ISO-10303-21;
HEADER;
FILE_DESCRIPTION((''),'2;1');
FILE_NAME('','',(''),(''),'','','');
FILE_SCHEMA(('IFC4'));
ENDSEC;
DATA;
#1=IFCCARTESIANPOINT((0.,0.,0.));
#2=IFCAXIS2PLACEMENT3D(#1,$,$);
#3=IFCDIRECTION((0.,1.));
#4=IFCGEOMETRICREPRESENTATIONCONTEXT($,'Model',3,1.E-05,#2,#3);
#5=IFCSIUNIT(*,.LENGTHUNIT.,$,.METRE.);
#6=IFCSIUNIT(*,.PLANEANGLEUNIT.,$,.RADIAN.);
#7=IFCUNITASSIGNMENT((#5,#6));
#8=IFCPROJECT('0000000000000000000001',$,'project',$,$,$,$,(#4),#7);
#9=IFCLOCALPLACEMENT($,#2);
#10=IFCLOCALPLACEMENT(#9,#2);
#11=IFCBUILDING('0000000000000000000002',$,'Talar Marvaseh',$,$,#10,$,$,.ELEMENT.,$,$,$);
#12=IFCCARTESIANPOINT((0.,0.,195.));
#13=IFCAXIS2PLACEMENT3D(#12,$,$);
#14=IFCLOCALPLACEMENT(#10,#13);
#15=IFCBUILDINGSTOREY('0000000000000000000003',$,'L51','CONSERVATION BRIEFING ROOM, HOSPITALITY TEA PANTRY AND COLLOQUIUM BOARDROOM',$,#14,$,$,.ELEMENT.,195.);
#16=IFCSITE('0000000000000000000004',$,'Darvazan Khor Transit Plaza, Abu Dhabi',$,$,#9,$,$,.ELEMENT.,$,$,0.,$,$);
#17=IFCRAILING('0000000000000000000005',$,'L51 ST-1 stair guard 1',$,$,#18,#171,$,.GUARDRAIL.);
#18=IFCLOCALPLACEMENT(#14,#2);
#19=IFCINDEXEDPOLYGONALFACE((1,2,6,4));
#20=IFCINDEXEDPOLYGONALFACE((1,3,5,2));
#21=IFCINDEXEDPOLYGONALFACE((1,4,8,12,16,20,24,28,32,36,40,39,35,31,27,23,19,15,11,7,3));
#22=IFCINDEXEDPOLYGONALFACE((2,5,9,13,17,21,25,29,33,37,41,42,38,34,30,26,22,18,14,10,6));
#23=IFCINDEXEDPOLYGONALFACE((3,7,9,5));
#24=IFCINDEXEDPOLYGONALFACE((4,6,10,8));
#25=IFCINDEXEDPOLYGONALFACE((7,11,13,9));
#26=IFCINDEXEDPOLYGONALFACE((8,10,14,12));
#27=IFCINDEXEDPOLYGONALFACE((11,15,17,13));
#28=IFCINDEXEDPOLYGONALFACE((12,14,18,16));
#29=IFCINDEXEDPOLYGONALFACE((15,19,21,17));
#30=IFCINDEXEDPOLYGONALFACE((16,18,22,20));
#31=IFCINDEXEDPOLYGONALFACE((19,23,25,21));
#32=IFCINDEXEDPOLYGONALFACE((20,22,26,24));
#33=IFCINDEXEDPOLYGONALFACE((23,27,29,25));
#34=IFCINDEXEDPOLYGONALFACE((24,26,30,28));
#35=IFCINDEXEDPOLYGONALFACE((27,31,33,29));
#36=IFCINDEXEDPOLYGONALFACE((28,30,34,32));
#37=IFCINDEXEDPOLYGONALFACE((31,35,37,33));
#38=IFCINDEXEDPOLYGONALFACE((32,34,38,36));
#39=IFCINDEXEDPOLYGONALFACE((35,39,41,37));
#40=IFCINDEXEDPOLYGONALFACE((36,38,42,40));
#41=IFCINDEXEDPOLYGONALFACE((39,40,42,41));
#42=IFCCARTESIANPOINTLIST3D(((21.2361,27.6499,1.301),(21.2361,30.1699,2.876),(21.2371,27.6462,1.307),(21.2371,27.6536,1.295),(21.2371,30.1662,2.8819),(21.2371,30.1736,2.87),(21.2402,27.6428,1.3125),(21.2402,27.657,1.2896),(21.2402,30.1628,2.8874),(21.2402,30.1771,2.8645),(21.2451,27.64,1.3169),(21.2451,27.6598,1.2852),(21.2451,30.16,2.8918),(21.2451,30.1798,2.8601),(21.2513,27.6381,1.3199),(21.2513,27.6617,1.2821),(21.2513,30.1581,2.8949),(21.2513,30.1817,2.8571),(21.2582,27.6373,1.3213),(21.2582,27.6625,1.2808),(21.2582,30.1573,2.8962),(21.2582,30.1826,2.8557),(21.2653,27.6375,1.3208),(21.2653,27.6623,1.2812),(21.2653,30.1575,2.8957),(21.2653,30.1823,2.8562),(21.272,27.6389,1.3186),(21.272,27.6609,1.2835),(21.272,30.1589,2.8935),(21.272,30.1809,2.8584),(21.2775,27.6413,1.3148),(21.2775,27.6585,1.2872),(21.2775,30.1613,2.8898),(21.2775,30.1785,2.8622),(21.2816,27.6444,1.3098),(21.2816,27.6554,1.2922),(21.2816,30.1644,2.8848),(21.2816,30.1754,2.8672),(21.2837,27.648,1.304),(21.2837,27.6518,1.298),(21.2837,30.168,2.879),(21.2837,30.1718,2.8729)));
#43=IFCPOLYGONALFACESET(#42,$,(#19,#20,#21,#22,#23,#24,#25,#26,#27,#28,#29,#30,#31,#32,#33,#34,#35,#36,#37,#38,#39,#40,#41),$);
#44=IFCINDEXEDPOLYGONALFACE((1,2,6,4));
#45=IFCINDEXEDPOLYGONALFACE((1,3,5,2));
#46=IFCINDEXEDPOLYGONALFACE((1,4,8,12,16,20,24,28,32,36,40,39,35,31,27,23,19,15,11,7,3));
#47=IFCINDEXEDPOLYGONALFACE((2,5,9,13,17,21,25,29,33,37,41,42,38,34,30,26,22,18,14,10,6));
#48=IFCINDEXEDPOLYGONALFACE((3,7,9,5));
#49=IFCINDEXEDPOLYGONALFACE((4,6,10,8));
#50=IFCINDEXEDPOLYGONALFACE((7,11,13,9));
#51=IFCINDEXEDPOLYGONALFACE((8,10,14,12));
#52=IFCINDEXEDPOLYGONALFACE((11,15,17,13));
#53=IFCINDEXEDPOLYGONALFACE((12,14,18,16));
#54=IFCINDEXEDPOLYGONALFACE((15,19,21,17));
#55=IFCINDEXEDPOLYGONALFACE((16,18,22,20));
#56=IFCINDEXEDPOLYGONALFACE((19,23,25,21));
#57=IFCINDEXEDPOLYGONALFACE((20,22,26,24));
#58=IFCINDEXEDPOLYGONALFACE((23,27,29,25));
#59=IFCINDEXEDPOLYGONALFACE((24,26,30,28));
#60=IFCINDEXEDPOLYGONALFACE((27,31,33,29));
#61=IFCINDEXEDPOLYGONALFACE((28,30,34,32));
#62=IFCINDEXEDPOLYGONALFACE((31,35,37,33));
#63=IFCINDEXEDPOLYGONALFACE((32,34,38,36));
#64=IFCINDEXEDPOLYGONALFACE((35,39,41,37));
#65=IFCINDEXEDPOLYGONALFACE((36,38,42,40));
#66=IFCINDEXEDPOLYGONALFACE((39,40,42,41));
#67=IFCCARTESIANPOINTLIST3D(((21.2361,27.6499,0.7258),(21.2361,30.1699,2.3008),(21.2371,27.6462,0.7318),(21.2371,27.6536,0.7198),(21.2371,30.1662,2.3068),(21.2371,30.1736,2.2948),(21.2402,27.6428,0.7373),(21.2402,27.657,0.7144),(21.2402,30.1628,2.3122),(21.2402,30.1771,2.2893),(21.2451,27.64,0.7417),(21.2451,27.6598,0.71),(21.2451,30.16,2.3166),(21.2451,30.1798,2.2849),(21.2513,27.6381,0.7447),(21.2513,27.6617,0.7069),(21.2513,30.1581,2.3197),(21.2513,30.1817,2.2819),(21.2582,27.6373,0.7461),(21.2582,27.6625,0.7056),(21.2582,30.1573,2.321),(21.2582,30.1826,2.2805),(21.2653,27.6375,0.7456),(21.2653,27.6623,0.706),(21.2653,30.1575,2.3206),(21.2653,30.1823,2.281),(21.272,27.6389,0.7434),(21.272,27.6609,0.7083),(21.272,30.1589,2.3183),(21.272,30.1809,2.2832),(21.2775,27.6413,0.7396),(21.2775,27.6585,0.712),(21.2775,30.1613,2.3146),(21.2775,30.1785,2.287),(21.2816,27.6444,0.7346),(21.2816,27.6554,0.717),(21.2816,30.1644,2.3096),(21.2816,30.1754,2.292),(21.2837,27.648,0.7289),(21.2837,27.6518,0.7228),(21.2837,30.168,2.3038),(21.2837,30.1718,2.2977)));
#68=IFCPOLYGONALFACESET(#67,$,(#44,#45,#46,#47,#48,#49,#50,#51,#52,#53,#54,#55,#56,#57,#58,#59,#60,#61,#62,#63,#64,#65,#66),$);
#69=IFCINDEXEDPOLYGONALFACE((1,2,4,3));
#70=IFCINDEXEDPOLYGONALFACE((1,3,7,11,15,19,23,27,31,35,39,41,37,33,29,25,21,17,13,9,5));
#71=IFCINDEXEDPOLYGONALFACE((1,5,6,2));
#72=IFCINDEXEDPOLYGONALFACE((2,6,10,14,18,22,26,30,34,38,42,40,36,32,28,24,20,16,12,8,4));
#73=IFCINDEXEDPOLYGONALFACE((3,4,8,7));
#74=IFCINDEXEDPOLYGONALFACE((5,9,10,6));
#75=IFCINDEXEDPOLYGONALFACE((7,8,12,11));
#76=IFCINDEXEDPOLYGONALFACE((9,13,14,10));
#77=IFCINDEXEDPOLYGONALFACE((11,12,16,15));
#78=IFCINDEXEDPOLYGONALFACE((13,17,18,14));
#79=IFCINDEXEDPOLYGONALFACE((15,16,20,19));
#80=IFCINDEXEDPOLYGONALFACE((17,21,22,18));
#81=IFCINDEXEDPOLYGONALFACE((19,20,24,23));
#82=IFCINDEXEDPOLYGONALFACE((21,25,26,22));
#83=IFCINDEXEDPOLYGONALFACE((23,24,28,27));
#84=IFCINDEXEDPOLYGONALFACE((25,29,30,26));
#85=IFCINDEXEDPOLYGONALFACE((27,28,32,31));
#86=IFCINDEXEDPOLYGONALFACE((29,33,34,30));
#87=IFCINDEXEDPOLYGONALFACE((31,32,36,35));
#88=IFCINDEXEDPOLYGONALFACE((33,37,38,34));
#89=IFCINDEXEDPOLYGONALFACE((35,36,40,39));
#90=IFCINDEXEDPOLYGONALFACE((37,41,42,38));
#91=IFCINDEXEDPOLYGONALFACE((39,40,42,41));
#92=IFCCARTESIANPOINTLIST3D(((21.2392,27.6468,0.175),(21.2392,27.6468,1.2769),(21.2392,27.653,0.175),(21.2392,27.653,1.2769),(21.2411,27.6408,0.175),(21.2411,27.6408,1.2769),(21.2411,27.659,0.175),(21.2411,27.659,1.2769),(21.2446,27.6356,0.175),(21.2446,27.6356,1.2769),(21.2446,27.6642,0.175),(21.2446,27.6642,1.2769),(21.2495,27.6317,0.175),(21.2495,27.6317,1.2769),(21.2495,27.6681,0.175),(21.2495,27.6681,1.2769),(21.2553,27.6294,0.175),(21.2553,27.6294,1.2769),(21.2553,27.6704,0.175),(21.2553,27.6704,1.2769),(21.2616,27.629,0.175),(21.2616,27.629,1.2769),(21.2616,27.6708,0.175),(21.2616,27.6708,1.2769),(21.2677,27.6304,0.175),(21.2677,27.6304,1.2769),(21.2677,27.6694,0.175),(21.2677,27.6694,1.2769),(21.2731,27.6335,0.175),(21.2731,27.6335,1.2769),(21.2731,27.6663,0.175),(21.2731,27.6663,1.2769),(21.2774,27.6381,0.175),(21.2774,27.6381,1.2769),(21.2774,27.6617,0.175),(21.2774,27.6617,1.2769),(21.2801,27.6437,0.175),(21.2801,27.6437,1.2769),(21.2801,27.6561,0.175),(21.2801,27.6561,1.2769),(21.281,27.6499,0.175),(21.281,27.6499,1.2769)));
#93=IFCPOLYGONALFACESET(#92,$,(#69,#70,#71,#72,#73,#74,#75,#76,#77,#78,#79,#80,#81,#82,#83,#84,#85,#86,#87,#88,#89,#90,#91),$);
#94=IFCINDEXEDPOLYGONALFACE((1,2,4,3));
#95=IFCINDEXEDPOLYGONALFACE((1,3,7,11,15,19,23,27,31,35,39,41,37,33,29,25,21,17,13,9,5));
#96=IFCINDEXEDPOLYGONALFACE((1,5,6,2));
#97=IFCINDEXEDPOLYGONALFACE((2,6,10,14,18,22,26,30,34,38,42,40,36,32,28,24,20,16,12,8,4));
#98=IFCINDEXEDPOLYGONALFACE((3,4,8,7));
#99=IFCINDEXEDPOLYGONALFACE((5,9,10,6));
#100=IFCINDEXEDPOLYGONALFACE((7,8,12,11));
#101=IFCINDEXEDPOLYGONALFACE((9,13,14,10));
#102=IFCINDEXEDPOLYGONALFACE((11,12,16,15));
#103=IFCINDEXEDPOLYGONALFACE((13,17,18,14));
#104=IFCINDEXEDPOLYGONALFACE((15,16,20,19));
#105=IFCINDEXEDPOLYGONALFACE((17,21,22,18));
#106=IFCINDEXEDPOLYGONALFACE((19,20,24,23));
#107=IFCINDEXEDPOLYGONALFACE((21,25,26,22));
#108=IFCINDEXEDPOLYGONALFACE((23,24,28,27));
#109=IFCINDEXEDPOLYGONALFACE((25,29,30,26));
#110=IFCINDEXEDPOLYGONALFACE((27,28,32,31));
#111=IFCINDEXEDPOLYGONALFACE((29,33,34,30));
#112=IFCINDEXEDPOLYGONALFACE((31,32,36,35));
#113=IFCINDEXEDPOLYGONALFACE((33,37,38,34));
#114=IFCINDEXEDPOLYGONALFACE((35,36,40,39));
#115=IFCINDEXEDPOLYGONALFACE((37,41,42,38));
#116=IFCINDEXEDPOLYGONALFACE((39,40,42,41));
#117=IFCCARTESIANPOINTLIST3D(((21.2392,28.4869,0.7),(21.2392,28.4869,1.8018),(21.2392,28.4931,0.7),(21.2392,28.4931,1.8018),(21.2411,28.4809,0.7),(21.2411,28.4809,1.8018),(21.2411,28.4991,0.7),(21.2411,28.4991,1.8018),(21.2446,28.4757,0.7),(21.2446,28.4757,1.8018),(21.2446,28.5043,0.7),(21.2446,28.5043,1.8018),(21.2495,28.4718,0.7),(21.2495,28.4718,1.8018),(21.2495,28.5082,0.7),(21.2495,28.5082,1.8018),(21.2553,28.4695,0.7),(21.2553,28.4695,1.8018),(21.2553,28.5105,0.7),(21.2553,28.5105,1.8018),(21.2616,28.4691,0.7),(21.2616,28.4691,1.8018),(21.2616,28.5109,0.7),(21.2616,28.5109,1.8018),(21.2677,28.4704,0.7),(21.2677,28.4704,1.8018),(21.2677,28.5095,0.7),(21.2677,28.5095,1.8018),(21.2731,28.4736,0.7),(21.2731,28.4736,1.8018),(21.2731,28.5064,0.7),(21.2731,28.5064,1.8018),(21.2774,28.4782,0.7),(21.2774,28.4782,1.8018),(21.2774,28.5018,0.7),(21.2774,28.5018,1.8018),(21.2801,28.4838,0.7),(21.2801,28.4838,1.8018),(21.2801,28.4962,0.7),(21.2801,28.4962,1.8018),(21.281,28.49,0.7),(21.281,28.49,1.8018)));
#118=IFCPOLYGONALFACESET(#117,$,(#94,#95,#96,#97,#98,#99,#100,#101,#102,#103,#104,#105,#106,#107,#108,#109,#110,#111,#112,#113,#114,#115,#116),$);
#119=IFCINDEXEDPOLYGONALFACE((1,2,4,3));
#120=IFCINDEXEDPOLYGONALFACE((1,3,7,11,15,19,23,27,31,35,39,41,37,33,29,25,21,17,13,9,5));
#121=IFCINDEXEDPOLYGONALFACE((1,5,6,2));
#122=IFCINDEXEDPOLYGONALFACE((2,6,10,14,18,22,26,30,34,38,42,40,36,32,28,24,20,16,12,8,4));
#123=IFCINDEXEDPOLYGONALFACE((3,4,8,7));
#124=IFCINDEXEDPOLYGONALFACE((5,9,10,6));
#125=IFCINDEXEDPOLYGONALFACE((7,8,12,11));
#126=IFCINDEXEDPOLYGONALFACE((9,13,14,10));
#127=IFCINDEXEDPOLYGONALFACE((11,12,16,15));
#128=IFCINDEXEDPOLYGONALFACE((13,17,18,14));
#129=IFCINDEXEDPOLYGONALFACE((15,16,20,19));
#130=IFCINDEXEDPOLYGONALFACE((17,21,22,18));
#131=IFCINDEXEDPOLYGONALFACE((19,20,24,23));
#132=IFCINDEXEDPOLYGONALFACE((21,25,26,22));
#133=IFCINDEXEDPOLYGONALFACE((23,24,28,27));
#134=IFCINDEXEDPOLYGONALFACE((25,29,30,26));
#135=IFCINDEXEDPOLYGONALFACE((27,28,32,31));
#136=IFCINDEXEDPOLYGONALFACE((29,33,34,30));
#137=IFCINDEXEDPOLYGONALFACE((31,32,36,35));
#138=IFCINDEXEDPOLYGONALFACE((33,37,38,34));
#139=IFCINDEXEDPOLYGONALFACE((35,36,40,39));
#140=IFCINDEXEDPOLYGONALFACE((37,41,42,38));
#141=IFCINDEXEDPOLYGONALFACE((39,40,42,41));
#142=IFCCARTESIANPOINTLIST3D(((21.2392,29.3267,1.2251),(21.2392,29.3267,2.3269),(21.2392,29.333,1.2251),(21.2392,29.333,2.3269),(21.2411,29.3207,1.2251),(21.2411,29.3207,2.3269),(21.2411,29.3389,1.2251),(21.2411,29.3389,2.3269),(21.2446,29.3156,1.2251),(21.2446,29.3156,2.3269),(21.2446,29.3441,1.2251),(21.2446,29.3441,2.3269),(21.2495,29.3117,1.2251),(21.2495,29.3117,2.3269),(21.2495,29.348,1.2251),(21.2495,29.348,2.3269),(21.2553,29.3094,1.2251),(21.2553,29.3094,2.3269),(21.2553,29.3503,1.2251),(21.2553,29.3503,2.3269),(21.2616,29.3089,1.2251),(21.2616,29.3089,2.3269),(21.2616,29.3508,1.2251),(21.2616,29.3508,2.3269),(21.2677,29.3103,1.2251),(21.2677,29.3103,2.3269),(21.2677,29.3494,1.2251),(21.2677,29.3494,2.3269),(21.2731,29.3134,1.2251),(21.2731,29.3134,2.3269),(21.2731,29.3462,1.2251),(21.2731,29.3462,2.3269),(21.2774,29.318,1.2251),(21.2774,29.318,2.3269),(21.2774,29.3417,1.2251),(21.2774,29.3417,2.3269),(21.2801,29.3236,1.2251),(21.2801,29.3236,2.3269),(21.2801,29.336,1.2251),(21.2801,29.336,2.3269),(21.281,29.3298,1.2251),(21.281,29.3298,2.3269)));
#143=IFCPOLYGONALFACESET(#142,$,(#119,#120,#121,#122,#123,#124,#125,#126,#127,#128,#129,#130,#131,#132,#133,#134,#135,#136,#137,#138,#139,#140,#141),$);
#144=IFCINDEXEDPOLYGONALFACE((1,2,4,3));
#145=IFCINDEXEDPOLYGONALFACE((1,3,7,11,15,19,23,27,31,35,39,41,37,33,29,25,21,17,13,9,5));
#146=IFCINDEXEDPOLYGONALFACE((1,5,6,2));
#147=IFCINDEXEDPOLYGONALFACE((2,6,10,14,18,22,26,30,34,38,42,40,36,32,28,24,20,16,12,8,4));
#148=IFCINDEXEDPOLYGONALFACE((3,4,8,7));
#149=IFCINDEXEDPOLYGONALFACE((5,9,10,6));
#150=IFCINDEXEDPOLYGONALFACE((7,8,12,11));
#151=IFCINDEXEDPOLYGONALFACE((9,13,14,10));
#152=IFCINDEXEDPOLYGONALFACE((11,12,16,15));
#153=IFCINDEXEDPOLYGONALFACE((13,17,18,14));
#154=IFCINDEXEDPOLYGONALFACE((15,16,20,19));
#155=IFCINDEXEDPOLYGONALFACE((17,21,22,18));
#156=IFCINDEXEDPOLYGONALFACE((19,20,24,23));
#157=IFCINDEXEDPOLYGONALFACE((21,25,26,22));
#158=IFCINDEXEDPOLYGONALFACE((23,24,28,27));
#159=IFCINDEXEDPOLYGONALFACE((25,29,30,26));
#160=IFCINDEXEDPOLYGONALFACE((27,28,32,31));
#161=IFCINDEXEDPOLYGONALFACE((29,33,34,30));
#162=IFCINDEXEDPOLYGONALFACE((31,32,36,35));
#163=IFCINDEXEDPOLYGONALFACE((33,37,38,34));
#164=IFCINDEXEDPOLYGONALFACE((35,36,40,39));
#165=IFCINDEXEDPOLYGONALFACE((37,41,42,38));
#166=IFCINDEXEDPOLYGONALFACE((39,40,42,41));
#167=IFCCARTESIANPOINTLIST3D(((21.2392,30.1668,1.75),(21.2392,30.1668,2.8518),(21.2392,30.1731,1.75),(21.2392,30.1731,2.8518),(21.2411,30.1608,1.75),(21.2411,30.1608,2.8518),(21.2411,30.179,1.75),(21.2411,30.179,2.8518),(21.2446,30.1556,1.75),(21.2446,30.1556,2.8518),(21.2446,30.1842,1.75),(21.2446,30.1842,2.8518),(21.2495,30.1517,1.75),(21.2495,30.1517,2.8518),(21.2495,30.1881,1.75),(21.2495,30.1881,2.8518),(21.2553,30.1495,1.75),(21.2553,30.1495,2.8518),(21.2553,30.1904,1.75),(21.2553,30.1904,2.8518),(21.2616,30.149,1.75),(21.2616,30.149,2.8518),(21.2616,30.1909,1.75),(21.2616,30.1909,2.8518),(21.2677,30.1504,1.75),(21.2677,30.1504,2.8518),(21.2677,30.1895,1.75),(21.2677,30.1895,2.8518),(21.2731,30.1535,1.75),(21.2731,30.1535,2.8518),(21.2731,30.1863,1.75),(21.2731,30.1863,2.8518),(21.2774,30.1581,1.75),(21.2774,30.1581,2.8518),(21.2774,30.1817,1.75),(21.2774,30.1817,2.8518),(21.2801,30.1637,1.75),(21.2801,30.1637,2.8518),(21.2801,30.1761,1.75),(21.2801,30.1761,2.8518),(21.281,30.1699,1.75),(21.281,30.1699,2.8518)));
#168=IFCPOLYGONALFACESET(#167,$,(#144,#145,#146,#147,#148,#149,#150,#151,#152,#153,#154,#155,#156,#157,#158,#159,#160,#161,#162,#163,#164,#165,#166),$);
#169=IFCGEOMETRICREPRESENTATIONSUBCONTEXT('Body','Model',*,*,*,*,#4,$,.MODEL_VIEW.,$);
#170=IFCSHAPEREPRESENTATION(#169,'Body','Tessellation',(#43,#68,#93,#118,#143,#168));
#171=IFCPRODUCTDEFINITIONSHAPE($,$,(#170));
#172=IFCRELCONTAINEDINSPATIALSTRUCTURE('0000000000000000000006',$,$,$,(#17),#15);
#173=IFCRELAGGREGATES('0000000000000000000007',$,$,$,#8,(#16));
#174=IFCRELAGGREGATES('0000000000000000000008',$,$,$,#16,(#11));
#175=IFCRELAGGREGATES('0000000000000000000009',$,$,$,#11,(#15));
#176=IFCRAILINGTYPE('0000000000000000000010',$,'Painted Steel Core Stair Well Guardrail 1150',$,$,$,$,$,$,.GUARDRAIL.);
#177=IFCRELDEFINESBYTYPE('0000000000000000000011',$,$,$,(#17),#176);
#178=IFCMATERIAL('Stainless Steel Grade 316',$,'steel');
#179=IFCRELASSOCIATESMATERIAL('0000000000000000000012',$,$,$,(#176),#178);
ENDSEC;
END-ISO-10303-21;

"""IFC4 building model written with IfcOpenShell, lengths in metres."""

from ifc_helpers import new_model, si_unit, direction, frame, origin, origin_2d, place, context, subcontext, project, spatial, circle, extrude, material, type_object, element, save


model = new_model("IFC4")

# Units and contexts
model_context = context("Model", 3, precision=1e-05, world=origin(), true_north=direction((0.0, 1.0)))
body_context = subcontext(model_context, "Body", "Model", "MODEL_VIEW")
ifc_project = project(units=[si_unit("LENGTHUNIT", "METRE"), si_unit("PLANEANGLEUNIT", "RADIAN")], contexts=[model_context])

# Site, building, storey
site_placement = place(None, origin())
site = spatial("IfcSite", under=ifc_project, at=site_placement, Name="Darvazan Khor Transit Plaza, Abu Dhabi", CompositionType="ELEMENT", RefElevation=0.0)
building_placement = place(site_placement, origin())
building = spatial("IfcBuilding", under=site, at=building_placement, Name="Talar Marvaseh", CompositionType="ELEMENT")
storey_placement = place(building_placement, frame((0.0, 0.0, 195.0)))
storey = spatial("IfcBuildingStorey", under=building, at=storey_placement, Name="L51", Description="CONSERVATION BRIEFING ROOM, HOSPITALITY TEA PANTRY AND COLLOQUIUM BOARDROOM", CompositionType="ELEMENT", Elevation=195.0)

# Railing
ifc_material_1 = material(Name="Stainless Steel Grade 316", Category="steel")
railing_type_1 = type_object("IfcRailingType", Name="Painted Steel Core Stair Well Guardrail 1150", PredefinedType="GUARDRAIL", material=ifc_material_1)
railing_1_placement = place(storey_placement, frame((21.26, 27.6499, 0.175)))
element("IfcRailing", 1, at=railing_1_placement, inside=storey, type_object=railing_type_1, Name="L51 ST-1 stair guard 1", PredefinedType="GUARDRAIL", context=body_context, shape_type="SweptSolid", body=[
    extrude(circle(Radius=0.0239, at=origin_2d()), frame((0.0, 0.0, 1.126), z_axis=(0.0, 0.848008, 0.529984), x_axis=(-1.0, 0.0, 0.0)), (0.0, 0.0, 1.0), 2.9717),
    extrude(circle(Radius=0.0239, at=origin_2d()), frame((0.0, 0.0, 0.5508), z_axis=(0.0, 0.848008, 0.529984), x_axis=(-1.0, 0.0, 0.0)), (0.0, 0.0, 1.0), 2.9717),
    extrude(circle(Radius=0.021, at=origin_2d()), origin(), (0.0, 0.0, 1.0), 1.1018),
    extrude(circle(Radius=0.021, at=origin_2d()), frame((0.0, 0.8401, 0.5249)), (0.0, 0.0, 1.0), 1.1018),
    extrude(circle(Radius=0.021, at=origin_2d()), frame((0.0, 1.6799, 1.05)), (0.0, 0.0, 1.0), 1.1018),
    extrude(circle(Radius=0.021, at=origin_2d()), frame((0.0, 2.52, 1.575)), (0.0, 0.0, 1.0), 1.1018),
])

save(model, "model.ifc")
